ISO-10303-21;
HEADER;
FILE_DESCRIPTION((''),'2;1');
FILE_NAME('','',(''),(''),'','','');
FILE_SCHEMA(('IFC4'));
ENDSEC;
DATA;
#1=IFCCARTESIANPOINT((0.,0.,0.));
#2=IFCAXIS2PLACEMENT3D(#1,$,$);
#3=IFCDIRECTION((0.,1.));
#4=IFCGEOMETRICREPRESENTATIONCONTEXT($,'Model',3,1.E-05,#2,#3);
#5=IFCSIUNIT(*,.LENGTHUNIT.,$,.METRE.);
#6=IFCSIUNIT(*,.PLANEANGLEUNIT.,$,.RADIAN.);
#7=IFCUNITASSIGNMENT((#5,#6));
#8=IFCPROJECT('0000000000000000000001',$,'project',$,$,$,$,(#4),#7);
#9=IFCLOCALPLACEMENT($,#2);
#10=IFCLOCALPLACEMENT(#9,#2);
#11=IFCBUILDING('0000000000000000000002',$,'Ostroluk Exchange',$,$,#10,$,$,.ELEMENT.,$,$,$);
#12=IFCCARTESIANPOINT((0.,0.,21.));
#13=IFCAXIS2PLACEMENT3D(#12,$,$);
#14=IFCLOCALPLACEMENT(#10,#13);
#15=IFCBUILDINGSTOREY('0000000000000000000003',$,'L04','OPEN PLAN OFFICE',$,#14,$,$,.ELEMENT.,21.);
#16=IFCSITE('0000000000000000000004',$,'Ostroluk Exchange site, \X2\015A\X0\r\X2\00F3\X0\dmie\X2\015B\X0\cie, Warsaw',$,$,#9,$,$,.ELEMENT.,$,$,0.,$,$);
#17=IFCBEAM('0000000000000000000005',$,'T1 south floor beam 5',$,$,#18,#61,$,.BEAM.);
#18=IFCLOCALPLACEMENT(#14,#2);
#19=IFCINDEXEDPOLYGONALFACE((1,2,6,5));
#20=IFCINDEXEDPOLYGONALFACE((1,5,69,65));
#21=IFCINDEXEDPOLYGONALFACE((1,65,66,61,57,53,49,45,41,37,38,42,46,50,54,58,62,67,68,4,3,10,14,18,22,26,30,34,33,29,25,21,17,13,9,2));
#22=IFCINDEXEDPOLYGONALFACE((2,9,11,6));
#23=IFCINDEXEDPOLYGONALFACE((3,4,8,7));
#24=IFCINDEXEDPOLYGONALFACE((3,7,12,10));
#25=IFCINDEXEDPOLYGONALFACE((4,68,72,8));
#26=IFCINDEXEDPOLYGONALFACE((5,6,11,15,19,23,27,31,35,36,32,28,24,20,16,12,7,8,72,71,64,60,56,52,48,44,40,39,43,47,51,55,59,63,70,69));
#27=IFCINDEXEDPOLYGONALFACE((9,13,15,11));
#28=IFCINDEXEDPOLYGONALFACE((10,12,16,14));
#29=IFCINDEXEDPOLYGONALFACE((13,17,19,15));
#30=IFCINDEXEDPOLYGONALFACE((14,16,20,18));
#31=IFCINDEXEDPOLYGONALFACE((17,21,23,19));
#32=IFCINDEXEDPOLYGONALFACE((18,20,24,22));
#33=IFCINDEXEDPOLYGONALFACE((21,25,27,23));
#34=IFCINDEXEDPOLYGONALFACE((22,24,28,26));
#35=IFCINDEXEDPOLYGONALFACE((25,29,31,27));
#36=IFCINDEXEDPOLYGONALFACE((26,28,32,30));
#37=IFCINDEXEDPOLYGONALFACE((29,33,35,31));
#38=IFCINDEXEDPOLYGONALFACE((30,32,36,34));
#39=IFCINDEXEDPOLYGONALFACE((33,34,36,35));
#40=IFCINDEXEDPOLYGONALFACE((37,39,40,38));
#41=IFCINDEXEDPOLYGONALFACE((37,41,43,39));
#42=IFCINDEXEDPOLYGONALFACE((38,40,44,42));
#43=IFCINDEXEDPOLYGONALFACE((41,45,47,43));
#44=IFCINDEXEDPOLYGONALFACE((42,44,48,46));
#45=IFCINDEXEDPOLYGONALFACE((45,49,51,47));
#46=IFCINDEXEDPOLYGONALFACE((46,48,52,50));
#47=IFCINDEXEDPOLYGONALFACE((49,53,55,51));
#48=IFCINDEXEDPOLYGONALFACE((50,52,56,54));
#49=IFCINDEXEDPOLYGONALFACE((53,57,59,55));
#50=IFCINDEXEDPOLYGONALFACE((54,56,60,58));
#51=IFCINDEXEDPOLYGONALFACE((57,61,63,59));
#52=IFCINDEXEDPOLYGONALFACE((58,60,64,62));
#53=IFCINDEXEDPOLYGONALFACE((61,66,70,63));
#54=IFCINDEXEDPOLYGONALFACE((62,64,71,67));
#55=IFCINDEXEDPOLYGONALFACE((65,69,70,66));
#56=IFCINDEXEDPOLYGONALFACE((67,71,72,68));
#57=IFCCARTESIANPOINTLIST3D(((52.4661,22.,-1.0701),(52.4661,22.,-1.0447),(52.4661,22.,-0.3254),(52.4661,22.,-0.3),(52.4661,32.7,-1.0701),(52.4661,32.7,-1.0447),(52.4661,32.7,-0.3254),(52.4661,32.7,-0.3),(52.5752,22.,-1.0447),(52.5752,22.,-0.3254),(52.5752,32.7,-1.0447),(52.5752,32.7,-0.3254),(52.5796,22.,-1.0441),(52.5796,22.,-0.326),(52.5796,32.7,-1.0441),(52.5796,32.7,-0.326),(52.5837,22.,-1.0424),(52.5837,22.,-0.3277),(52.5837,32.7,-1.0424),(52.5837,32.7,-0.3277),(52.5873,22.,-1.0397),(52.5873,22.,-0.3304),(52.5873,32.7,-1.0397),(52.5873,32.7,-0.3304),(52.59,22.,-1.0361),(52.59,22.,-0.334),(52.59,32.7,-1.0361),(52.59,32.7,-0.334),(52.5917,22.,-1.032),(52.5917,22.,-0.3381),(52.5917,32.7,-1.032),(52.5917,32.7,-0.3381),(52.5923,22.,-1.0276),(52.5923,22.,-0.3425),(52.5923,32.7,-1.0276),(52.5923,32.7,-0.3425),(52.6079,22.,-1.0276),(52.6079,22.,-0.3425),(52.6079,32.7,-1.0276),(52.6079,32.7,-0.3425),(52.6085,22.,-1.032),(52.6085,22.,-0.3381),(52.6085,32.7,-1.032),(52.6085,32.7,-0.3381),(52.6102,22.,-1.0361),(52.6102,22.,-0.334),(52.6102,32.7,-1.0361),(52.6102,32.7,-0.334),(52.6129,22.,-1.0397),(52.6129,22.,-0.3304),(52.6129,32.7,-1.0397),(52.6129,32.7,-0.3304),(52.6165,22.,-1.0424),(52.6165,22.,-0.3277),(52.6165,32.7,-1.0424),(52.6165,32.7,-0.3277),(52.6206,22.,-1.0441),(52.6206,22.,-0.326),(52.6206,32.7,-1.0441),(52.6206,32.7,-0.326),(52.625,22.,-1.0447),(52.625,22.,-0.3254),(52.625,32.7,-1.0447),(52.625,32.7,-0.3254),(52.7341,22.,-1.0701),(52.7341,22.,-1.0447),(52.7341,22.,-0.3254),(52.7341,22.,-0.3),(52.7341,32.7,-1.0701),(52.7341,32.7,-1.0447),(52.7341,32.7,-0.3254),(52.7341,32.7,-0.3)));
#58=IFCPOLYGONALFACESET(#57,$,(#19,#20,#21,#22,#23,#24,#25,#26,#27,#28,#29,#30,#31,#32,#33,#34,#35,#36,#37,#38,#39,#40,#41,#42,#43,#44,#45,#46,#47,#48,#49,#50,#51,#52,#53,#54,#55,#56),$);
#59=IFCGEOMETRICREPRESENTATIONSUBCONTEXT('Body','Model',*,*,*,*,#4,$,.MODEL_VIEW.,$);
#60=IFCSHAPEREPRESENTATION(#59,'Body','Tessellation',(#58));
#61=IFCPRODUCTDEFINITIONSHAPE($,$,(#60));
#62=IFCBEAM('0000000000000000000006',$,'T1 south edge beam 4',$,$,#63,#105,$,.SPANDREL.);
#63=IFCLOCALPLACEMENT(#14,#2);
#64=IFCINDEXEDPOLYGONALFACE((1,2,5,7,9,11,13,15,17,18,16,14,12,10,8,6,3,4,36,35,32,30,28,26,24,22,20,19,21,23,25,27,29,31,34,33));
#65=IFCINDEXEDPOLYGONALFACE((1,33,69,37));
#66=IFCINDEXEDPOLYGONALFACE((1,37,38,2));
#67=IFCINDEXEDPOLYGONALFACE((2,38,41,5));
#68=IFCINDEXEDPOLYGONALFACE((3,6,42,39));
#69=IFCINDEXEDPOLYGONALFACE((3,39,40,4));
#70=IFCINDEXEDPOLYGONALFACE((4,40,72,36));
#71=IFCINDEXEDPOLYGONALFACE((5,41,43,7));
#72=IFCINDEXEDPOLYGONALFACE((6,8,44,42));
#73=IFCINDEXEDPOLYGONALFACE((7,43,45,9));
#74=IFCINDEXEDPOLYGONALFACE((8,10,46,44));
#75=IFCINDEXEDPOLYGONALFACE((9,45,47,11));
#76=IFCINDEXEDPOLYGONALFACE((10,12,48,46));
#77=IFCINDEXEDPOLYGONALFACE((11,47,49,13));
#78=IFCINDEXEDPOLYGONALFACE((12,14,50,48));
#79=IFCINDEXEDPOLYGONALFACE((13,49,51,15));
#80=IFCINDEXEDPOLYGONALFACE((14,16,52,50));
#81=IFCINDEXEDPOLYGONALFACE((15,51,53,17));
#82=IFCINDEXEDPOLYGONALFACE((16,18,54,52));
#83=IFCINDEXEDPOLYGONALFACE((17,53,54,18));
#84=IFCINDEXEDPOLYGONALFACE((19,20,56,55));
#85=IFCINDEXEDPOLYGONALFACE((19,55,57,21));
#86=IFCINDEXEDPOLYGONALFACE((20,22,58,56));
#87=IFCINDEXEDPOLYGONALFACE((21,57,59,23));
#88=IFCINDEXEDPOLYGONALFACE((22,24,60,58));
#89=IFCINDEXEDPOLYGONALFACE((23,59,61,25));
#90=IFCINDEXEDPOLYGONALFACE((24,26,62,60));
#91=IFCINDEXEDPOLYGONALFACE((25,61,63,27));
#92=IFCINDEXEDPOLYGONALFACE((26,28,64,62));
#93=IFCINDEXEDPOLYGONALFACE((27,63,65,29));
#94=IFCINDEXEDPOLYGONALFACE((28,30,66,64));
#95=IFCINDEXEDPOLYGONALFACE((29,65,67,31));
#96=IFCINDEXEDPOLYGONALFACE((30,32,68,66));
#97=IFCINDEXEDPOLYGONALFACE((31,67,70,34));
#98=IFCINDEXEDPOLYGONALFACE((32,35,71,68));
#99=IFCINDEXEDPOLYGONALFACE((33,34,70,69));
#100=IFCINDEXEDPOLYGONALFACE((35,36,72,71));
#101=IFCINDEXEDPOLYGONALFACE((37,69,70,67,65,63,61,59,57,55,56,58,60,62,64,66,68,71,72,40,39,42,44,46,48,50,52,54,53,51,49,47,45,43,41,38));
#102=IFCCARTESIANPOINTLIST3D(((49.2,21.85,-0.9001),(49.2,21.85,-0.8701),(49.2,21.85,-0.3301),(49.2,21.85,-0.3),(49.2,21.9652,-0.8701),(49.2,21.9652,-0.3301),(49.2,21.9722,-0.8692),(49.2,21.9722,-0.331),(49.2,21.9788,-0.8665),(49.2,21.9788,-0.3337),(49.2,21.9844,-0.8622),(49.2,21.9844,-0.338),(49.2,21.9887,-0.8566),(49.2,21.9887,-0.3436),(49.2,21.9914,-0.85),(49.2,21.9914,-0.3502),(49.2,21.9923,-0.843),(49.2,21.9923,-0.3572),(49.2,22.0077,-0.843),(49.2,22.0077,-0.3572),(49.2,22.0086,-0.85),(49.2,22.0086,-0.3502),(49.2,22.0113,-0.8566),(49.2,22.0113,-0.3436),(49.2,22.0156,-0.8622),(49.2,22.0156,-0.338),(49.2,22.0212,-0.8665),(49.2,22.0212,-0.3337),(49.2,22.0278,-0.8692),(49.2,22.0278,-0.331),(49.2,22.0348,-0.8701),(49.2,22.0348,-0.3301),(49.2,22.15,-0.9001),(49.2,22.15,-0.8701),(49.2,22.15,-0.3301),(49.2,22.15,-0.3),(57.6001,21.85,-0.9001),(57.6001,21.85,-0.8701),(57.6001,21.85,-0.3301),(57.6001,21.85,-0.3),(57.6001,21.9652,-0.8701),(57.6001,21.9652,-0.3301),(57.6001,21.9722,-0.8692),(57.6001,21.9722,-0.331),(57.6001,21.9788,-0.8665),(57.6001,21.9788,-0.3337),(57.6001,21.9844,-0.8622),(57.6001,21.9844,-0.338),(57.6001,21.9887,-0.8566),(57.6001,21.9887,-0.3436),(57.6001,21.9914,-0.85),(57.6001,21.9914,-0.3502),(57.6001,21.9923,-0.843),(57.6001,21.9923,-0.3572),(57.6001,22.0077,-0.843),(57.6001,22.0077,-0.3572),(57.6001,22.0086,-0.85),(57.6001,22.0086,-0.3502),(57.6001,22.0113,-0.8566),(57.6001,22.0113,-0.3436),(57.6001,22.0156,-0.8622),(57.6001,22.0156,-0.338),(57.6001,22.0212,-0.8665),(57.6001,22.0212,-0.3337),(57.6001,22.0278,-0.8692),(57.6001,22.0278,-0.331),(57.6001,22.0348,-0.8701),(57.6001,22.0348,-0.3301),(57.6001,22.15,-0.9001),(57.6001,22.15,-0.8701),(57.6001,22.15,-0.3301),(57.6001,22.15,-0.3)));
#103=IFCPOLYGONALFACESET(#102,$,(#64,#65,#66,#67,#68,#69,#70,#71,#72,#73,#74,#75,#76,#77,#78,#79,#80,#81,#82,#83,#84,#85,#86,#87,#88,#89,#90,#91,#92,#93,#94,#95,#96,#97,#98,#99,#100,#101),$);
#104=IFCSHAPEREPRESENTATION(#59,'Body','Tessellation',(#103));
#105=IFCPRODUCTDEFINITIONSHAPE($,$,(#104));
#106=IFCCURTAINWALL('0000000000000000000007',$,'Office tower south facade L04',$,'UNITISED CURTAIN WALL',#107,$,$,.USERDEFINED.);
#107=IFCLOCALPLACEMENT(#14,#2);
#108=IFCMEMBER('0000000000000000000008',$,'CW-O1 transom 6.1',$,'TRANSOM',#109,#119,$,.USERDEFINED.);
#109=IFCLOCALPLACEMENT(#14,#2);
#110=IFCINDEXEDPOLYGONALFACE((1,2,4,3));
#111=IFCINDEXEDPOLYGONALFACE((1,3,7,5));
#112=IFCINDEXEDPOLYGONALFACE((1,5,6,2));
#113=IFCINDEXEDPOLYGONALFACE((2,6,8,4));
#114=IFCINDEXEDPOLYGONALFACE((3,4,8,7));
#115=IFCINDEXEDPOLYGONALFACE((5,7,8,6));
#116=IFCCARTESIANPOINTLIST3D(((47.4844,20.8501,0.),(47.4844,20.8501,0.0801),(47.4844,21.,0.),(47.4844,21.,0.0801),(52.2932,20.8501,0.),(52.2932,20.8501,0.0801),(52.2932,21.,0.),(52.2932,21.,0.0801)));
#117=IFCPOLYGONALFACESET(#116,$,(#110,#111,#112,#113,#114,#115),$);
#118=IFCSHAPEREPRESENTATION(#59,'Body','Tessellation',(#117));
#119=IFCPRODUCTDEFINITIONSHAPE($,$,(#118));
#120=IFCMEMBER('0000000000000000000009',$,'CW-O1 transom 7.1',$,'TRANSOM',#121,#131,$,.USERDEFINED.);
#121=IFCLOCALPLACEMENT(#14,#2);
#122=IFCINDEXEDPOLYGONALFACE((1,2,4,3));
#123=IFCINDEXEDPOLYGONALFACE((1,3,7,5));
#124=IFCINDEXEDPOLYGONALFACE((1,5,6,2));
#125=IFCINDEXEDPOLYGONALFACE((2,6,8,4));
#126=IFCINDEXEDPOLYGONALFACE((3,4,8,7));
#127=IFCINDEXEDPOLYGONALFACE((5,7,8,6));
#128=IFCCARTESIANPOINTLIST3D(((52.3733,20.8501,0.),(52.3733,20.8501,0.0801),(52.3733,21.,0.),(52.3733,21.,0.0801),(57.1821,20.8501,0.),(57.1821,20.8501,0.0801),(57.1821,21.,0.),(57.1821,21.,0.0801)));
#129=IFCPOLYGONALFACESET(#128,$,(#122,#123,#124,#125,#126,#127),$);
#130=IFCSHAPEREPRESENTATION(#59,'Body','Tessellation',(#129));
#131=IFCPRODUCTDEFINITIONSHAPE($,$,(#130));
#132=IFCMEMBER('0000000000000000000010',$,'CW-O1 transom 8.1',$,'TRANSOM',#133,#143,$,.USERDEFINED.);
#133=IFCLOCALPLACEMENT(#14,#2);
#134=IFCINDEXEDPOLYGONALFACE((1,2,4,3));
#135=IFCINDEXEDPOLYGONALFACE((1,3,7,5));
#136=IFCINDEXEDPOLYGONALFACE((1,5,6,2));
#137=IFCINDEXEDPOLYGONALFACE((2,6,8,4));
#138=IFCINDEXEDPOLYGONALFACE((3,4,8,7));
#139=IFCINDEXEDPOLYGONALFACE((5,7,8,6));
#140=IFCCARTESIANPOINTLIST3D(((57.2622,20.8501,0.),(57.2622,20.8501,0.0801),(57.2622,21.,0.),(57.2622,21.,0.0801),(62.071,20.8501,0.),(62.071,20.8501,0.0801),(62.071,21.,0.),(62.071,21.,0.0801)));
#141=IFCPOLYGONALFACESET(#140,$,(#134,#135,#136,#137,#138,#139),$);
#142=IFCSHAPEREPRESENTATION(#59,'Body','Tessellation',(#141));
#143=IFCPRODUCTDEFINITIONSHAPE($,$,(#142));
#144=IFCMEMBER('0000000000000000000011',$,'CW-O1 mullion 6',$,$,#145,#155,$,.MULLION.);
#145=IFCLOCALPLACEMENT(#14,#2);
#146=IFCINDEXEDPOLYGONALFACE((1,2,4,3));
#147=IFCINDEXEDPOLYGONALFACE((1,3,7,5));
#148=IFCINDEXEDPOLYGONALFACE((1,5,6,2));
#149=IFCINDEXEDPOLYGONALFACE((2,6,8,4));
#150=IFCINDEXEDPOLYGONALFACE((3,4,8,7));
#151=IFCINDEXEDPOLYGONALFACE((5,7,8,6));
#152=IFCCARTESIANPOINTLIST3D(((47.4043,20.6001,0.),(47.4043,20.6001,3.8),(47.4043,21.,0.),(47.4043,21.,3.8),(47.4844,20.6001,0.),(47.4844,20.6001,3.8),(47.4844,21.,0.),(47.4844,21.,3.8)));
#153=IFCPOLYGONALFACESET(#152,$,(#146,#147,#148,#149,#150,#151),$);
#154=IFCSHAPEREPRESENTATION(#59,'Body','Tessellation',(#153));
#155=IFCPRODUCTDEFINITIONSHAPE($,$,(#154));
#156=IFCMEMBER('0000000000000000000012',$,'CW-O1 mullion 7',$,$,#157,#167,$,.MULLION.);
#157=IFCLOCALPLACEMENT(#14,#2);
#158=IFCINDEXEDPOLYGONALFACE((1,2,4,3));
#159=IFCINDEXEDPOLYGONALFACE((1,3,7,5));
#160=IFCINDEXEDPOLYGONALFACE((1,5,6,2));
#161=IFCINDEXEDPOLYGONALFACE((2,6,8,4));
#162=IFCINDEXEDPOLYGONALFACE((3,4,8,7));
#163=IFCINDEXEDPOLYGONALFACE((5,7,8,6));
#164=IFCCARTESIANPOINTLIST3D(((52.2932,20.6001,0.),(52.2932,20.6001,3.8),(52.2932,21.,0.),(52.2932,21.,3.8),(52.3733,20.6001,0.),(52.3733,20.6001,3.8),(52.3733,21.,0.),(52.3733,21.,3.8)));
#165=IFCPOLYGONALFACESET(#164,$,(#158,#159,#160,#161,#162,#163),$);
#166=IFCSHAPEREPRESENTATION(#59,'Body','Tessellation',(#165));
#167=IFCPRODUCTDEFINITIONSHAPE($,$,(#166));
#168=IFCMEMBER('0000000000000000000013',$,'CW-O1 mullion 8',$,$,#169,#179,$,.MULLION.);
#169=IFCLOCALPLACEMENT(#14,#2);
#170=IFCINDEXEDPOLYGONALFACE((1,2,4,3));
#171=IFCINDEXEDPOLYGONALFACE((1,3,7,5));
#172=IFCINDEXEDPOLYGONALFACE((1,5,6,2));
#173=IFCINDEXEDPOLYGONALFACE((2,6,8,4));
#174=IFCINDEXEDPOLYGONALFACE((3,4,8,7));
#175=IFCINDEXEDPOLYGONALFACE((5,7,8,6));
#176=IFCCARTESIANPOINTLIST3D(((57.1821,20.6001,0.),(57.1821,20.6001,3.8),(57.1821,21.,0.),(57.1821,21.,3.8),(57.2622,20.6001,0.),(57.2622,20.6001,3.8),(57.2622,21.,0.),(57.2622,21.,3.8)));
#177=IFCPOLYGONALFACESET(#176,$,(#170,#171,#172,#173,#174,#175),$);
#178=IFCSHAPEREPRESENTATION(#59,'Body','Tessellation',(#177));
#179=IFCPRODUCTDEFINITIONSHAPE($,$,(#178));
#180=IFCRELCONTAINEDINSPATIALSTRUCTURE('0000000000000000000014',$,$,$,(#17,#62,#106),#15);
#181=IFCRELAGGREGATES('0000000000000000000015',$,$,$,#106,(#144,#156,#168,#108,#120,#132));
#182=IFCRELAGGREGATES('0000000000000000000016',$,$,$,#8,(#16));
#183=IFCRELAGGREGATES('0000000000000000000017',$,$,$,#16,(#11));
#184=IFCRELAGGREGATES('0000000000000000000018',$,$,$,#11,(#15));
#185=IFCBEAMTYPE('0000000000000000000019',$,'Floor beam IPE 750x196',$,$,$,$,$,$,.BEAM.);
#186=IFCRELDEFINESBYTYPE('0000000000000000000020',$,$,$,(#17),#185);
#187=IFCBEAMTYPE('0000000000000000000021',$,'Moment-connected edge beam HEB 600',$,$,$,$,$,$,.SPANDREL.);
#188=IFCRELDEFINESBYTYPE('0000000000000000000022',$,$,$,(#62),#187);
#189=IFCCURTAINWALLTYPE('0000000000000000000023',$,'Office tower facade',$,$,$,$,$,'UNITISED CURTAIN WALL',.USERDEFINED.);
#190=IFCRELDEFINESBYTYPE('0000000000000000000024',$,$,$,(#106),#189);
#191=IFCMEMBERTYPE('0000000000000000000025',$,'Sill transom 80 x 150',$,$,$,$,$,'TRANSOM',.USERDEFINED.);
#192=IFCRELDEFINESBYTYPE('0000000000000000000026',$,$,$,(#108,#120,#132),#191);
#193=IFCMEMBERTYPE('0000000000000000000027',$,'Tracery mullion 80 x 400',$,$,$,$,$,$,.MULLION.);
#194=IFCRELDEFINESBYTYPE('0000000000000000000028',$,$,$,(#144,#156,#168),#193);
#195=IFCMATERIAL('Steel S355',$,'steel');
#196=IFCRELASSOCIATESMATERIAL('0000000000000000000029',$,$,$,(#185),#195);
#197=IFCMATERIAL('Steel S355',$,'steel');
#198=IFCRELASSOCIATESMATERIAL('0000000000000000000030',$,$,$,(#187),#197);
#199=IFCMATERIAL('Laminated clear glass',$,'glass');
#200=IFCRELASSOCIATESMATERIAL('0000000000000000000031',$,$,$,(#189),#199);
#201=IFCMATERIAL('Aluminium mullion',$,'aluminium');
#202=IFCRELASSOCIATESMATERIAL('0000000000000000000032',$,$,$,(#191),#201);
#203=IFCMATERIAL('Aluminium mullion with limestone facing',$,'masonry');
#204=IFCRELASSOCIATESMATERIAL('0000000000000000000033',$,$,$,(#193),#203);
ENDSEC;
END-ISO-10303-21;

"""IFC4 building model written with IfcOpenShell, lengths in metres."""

from ifc_helpers import new_model, si_unit, direction, frame, origin, origin_2d, place, context, subcontext, project, spatial, rectangle, i_section, extrude, material, material_profile, profile_set, type_object, element, aggregate, save


model = new_model("IFC4")

# Units and contexts
model_context = context("Model", 3, precision=1e-05, world=origin(), true_north=direction((0.0, 1.0)))
body_context = subcontext(model_context, "Body", "Model", "MODEL_VIEW")
ifc_project = project(units=[si_unit("LENGTHUNIT", "METRE"), si_unit("PLANEANGLEUNIT", "RADIAN")], contexts=[model_context])

# Site, building, storey
site_placement = place(None, origin())
site = spatial("IfcSite", under=ifc_project, at=site_placement, Name="Ostroluk Exchange site, Śródmieście, Warsaw", CompositionType="ELEMENT", RefElevation=0.0)
building_placement = place(site_placement, origin())
building = spatial("IfcBuilding", under=site, at=building_placement, Name="Ostroluk Exchange", CompositionType="ELEMENT")
storey_placement = place(building_placement, frame((0.0, 0.0, 21.0)))
storey = spatial("IfcBuildingStorey", under=building, at=storey_placement, Name="L04", Description="OPEN PLAN OFFICE", CompositionType="ELEMENT", Elevation=21.0)

# Beams
ifc_material_1 = material(Name="Steel S355", Category="steel")
ifc_material_profile_1 = material_profile(ifc_material_1, i_section(OverallWidth=0.2681, OverallDepth=0.77, WebThickness=0.0156, FlangeThickness=0.0254, FilletRadius=0.0171, at=origin_2d()), Name="IPE 750x196")
ifc_profile_set_1 = profile_set([ifc_material_profile_1], Name="Steel S355")
beam_type_1 = type_object("IfcBeamType", Name="Floor beam IPE 750x196", PredefinedType="BEAM", material=ifc_profile_set_1)
for number, where, z_axis, x_axis, name in (
    (1, (52.6001, 32.7, -0.6851), (0.0, -1.0, 0.0), (1.0, 0.0, 0.0), "T1 south floor beam 5"),
):
    element("IfcBeam", number, at=place(storey_placement, frame(where, z_axis=z_axis, x_axis=x_axis)), inside=storey, type_object=beam_type_1, Name=name, PredefinedType="BEAM", context=body_context, shape_type="SweptSolid", body=[
        extrude(i_section(OverallWidth=0.2681, OverallDepth=0.77, WebThickness=0.0156, FlangeThickness=0.0254, FilletRadius=0.0171, at=origin_2d()), origin(), (0.0, 0.0, 1.0), 10.7),
    ])
ifc_material_2 = material(Name="Steel S355", Category="steel")
ifc_material_profile_2 = material_profile(ifc_material_2, i_section(OverallWidth=0.3, OverallDepth=0.6001, WebThickness=0.0154, FlangeThickness=0.03, FilletRadius=0.0271, at=origin_2d()), Name="HEB 600")
ifc_profile_set_2 = profile_set([ifc_material_profile_2], Name="Steel S355")
beam_type_2 = type_object("IfcBeamType", Name="Moment-connected edge beam HEB 600", PredefinedType="SPANDREL", material=ifc_profile_set_2)
beam_1_placement = place(storey_placement, frame((49.2, 22.0, -0.6001), z_axis=(1.0, 0.0, 0.0), x_axis=(0.0, 1.0, 0.0)))
element("IfcBeam", 2, at=beam_1_placement, inside=storey, type_object=beam_type_2, Name="T1 south edge beam 4", PredefinedType="SPANDREL", context=body_context, shape_type="SweptSolid", body=[
    extrude(i_section(OverallWidth=0.3, OverallDepth=0.6001, WebThickness=0.0154, FlangeThickness=0.03, FilletRadius=0.0271, at=origin_2d()), origin(), (0.0, 0.0, 1.0), 8.4001),
])

# Curtain wall, members
ifc_material_3 = material(Name="Laminated clear glass", Category="glass")
curtain_wall_type = type_object("IfcCurtainWallType", Name="Office tower facade", ElementType="UNITISED CURTAIN WALL", PredefinedType="USERDEFINED", material=ifc_material_3)
curtain_wall_placement = place(storey_placement, origin())
curtain_wall = element("IfcCurtainWall", 3, at=curtain_wall_placement, inside=storey, type_object=curtain_wall_type, Name="Office tower south facade L04", ObjectType="UNITISED CURTAIN WALL", PredefinedType="USERDEFINED")
ifc_material_4 = material(Name="Aluminium mullion", Category="aluminium")
ifc_material_profile_3 = material_profile(ifc_material_4, rectangle(XDim=0.1499, YDim=0.0801, at=origin_2d()), Name="Sill transom 80 x 150")
ifc_profile_set_3 = profile_set([ifc_material_profile_3], Name="Aluminium mullion")
member_type_1 = type_object("IfcMemberType", Name="Sill transom 80 x 150", ElementType="TRANSOM", PredefinedType="USERDEFINED", material=ifc_profile_set_3)
member_1_placement = place(storey_placement, frame((47.4844, 20.925, 0.04), z_axis=(1.0, 0.0, 0.0), x_axis=(0.0, 1.0, 0.0)))
member_1 = element("IfcMember", 4, at=member_1_placement, type_object=member_type_1, Name="CW-O1 transom 6.1", ObjectType="TRANSOM", PredefinedType="USERDEFINED", context=body_context, shape_type="SweptSolid", body=[
    extrude(rectangle(XDim=0.1499, YDim=0.0801, at=origin_2d()), origin(), (0.0, 0.0, 1.0), 4.8088),
])
member_2_placement = place(storey_placement, frame((52.3733, 20.925, 0.04), z_axis=(1.0, 0.0, 0.0), x_axis=(0.0, 1.0, 0.0)))
member_2 = element("IfcMember", 5, at=member_2_placement, type_object=member_type_1, Name="CW-O1 transom 7.1", ObjectType="TRANSOM", PredefinedType="USERDEFINED", context=body_context, shape_type="SweptSolid", body=[
    extrude(rectangle(XDim=0.1499, YDim=0.0801, at=origin_2d()), origin(), (0.0, 0.0, 1.0), 4.8088),
])
member_3_placement = place(storey_placement, frame((57.2622, 20.925, 0.04), z_axis=(1.0, 0.0, 0.0), x_axis=(0.0, 1.0, 0.0)))
member_3 = element("IfcMember", 6, at=member_3_placement, type_object=member_type_1, Name="CW-O1 transom 8.1", ObjectType="TRANSOM", PredefinedType="USERDEFINED", context=body_context, shape_type="SweptSolid", body=[
    extrude(rectangle(XDim=0.1499, YDim=0.0801, at=origin_2d()), origin(), (0.0, 0.0, 1.0), 4.8088),
])
ifc_material_5 = material(Name="Aluminium mullion with limestone facing", Category="masonry")
ifc_material_profile_4 = material_profile(ifc_material_5, rectangle(XDim=0.3999, YDim=0.0801, at=origin_2d()), Name="Tracery mullion 80 x 400")
ifc_profile_set_4 = profile_set([ifc_material_profile_4], Name="Aluminium mullion with limestone facing")
member_type_2 = type_object("IfcMemberType", Name="Tracery mullion 80 x 400", PredefinedType="MULLION", material=ifc_profile_set_4)
member_4_placement = place(storey_placement, frame((47.4443, 20.8, 0.0), z_axis=(0.0, 0.0, 1.0), x_axis=(0.0, 1.0, 0.0)))
member_4 = element("IfcMember", 7, at=member_4_placement, type_object=member_type_2, Name="CW-O1 mullion 6", PredefinedType="MULLION", context=body_context, shape_type="SweptSolid", body=[
    extrude(rectangle(XDim=0.3999, YDim=0.0801, at=origin_2d()), origin(), (0.0, 0.0, 1.0), 3.8),
])
member_5_placement = place(storey_placement, frame((52.3333, 20.8, 0.0), z_axis=(0.0, 0.0, 1.0), x_axis=(0.0, 1.0, 0.0)))
member_5 = element("IfcMember", 8, at=member_5_placement, type_object=member_type_2, Name="CW-O1 mullion 7", PredefinedType="MULLION", context=body_context, shape_type="SweptSolid", body=[
    extrude(rectangle(XDim=0.3999, YDim=0.0801, at=origin_2d()), origin(), (0.0, 0.0, 1.0), 3.8),
])
member_6_placement = place(storey_placement, frame((57.2222, 20.8, 0.0), z_axis=(0.0, 0.0, 1.0), x_axis=(0.0, 1.0, 0.0)))
member_6 = element("IfcMember", 9, at=member_6_placement, type_object=member_type_2, Name="CW-O1 mullion 8", PredefinedType="MULLION", context=body_context, shape_type="SweptSolid", body=[
    extrude(rectangle(XDim=0.3999, YDim=0.0801, at=origin_2d()), origin(), (0.0, 0.0, 1.0), 3.8),
])
aggregate(curtain_wall, [member_4, member_5, member_6, member_1, member_2, member_3])

save(model, "model.ifc")
